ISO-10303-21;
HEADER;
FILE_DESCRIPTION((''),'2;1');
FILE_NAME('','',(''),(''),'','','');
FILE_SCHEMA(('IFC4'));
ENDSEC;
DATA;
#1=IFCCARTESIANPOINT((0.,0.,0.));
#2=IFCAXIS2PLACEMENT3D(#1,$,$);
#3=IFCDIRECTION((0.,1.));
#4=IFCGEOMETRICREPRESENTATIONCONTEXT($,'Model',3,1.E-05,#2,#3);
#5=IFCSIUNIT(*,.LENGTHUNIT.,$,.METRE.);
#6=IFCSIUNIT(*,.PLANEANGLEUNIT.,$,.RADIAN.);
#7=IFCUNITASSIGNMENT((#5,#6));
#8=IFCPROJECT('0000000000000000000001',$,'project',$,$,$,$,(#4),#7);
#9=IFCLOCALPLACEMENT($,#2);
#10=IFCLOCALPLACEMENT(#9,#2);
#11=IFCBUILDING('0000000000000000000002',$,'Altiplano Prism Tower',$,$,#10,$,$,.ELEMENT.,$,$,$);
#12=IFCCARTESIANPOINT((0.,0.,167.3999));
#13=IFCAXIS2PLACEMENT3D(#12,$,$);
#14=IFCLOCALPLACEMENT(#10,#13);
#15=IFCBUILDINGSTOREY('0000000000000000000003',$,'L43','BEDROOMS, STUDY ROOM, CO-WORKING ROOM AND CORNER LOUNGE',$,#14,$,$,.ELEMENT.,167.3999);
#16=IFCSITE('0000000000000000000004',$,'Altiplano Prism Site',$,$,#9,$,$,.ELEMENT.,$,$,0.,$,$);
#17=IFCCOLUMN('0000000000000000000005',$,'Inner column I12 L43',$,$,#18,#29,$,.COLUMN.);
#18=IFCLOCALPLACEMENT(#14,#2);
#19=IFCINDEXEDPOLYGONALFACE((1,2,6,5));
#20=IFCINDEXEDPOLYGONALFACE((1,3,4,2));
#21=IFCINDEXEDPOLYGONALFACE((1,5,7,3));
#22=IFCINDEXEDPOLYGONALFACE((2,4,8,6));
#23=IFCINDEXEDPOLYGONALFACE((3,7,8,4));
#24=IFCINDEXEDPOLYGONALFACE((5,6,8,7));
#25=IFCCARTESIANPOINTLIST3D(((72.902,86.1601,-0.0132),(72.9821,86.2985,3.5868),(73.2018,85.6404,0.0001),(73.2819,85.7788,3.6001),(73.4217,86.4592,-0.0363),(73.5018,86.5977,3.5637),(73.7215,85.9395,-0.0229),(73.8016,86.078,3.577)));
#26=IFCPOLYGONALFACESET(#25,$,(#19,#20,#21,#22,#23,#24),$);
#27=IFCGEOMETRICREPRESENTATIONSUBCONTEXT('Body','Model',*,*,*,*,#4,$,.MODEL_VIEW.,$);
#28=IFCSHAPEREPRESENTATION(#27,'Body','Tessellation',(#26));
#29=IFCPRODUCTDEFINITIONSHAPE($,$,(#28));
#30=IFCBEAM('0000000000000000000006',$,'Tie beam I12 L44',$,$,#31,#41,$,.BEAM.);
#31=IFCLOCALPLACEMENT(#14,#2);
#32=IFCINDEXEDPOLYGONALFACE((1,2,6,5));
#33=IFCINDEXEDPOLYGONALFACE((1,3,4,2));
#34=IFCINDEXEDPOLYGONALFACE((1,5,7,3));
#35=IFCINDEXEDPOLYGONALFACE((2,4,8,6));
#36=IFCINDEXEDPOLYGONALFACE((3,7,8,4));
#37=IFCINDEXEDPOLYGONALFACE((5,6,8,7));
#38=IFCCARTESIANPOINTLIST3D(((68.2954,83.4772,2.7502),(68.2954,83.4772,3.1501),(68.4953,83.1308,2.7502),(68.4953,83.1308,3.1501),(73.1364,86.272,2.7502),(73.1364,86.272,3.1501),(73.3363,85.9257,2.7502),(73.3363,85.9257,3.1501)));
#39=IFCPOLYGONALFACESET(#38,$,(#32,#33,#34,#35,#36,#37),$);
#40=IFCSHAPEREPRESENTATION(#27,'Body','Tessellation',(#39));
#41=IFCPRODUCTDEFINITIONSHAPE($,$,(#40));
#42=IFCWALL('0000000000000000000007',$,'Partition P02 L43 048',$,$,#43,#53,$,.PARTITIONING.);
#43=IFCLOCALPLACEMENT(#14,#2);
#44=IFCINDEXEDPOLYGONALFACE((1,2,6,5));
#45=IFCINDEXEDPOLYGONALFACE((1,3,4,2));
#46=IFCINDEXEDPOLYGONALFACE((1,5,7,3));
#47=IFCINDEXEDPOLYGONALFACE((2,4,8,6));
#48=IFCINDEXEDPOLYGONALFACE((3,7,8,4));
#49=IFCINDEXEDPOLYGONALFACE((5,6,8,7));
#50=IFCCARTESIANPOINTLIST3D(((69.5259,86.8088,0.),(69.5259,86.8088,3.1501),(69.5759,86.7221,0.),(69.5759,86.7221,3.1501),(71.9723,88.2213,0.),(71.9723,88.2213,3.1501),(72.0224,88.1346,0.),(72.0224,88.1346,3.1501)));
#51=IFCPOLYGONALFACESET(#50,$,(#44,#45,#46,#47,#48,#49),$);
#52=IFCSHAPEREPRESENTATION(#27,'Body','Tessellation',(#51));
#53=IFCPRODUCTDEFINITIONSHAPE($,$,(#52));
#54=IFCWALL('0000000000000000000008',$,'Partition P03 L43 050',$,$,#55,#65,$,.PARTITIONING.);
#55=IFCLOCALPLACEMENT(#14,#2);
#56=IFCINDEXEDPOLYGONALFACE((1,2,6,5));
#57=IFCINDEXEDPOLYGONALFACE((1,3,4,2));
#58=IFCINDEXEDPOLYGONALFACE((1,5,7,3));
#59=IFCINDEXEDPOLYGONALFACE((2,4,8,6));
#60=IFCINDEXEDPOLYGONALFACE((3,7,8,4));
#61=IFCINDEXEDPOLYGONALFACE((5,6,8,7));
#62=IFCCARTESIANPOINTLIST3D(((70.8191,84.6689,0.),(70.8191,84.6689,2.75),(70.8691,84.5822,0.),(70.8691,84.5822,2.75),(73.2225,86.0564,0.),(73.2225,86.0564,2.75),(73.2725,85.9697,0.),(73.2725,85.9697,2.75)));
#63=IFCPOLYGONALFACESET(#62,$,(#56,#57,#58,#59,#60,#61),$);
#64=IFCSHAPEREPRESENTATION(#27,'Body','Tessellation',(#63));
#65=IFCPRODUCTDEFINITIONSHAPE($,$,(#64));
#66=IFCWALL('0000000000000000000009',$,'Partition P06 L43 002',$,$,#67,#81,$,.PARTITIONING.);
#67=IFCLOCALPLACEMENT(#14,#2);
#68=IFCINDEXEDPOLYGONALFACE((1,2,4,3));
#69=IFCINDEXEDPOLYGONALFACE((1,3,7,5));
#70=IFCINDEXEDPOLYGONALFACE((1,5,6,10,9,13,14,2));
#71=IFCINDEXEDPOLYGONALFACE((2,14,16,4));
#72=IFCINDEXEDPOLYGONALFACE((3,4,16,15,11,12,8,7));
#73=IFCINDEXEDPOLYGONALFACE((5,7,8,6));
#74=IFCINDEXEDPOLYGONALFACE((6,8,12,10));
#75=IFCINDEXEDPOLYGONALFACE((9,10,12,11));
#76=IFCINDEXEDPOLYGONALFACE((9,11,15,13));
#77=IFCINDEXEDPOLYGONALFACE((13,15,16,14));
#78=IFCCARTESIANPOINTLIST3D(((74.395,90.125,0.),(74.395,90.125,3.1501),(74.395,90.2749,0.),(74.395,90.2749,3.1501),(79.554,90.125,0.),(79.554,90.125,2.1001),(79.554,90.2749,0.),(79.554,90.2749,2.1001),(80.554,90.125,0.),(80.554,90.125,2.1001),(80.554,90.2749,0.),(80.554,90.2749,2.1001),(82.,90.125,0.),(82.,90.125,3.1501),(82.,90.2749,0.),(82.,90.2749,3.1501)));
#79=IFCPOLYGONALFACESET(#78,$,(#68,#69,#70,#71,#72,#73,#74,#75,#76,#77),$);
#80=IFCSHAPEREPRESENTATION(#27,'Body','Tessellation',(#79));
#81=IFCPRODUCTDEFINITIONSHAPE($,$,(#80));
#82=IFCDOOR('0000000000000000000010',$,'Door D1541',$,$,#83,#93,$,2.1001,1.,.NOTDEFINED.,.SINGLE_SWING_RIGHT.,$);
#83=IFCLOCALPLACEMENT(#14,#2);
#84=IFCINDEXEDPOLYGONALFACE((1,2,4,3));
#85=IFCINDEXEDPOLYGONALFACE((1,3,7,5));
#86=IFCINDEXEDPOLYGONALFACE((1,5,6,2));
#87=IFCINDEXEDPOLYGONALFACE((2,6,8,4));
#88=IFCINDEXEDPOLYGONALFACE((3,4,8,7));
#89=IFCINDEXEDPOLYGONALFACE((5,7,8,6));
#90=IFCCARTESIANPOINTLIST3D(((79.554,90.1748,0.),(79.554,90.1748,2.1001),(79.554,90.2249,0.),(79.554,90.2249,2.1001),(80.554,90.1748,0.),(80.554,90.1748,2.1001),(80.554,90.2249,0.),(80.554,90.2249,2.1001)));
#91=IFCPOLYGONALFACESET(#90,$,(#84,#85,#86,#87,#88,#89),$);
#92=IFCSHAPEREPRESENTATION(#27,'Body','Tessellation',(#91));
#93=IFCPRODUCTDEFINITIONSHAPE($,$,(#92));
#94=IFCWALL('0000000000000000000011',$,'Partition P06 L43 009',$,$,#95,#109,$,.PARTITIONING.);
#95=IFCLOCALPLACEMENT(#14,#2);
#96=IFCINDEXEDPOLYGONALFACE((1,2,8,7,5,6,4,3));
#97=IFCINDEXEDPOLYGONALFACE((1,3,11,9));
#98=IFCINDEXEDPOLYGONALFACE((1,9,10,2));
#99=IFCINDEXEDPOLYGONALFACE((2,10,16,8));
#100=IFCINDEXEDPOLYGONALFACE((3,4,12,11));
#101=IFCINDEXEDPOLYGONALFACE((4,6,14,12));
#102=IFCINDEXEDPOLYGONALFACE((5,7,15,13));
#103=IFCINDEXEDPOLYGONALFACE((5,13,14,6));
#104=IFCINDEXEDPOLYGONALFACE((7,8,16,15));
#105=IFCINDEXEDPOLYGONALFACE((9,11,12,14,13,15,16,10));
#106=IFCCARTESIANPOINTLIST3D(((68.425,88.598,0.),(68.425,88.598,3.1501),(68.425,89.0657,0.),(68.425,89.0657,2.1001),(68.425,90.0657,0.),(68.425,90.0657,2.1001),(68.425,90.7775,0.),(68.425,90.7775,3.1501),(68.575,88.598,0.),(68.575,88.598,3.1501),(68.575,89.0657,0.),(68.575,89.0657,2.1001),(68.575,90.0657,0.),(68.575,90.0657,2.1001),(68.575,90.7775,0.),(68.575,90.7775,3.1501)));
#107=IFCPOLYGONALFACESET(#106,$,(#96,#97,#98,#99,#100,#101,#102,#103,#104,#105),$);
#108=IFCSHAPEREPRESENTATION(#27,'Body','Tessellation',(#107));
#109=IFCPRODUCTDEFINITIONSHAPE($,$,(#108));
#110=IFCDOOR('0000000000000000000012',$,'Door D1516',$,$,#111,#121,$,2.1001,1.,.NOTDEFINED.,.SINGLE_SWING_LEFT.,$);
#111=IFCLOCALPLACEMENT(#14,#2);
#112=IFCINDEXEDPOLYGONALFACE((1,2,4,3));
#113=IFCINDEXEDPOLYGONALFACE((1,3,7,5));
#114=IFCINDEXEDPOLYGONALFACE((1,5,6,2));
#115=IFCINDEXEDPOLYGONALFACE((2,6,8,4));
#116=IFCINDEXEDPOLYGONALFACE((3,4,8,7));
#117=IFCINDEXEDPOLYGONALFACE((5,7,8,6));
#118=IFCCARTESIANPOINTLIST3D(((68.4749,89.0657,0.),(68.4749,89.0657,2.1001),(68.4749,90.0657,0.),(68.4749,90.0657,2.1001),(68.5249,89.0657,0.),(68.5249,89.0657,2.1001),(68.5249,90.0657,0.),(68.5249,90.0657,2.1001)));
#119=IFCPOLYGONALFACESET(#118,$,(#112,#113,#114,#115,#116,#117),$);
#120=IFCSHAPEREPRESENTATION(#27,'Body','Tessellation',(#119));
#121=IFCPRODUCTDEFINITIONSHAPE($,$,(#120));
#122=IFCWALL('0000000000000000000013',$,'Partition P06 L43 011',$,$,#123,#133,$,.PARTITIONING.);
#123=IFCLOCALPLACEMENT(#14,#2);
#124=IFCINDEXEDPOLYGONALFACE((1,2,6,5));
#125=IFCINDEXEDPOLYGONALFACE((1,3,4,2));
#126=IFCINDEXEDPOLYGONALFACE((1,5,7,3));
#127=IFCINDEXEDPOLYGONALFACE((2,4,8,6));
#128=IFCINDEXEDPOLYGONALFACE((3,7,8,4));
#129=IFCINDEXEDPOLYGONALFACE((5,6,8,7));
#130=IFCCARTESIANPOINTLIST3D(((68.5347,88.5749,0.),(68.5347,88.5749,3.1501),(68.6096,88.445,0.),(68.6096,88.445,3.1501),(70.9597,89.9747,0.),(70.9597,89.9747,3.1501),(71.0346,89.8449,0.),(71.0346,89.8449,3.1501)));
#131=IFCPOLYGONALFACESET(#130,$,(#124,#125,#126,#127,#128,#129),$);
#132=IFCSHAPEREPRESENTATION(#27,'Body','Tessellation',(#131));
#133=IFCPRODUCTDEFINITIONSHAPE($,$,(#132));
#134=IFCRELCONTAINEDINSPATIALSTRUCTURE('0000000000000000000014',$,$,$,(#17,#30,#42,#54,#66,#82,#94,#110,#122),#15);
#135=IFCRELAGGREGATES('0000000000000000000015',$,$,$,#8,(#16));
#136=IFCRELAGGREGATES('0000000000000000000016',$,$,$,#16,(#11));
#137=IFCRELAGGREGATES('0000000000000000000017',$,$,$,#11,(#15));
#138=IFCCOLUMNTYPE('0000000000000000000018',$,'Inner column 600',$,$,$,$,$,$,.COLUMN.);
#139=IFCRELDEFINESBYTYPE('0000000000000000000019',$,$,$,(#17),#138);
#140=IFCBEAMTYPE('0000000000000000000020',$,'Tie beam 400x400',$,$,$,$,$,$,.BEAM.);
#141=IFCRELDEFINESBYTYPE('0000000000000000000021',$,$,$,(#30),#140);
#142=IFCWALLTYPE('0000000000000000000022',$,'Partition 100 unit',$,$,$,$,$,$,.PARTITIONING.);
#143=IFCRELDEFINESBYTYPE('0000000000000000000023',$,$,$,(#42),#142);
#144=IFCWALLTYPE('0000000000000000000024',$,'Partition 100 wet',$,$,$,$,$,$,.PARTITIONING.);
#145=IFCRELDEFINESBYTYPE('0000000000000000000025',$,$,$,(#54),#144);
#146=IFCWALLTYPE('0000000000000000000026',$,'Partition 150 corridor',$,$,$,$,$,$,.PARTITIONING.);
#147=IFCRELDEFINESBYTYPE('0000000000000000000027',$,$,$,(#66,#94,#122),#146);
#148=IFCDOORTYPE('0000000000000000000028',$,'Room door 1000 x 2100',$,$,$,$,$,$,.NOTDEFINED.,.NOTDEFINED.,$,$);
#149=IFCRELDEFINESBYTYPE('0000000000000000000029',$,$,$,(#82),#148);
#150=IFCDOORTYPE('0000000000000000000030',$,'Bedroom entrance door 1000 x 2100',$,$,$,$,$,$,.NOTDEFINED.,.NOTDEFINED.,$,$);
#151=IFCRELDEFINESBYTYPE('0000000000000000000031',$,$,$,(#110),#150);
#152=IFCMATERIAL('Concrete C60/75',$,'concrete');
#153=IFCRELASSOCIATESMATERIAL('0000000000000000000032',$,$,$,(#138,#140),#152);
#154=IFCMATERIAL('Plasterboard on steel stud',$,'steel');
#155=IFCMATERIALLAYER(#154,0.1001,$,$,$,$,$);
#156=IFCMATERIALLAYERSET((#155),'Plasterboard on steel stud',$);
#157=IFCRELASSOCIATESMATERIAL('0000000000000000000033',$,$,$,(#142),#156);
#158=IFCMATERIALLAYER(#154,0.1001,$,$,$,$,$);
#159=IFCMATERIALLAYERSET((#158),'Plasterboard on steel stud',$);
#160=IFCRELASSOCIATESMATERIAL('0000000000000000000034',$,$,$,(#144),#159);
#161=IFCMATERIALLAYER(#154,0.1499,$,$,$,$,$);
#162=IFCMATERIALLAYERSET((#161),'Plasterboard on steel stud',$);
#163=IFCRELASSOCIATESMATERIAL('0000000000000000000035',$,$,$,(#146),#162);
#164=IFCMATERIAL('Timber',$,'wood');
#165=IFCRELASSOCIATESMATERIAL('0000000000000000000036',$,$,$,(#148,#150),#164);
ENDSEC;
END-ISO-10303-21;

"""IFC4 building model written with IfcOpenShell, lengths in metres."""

from ifc_helpers import new_model, si_unit, direction, frame, frame_2d, origin, origin_2d, place, context, subcontext, project, spatial, rectangle, extrude, material, layer, layer_set, material_profile, profile_set, type_object, element, fill, save


model = new_model("IFC4")

# Units and contexts
model_context = context("Model", 3, precision=1e-05, world=origin(), true_north=direction((0.0, 1.0)))
body_context = subcontext(model_context, "Body", "Model", "MODEL_VIEW")
ifc_project = project(units=[si_unit("LENGTHUNIT", "METRE"), si_unit("PLANEANGLEUNIT", "RADIAN")], contexts=[model_context])

# Site, building, storey
site_placement = place(None, origin())
site = spatial("IfcSite", under=ifc_project, at=site_placement, Name="Altiplano Prism Site", CompositionType="ELEMENT", RefElevation=0.0)
building_placement = place(site_placement, origin())
building = spatial("IfcBuilding", under=site, at=building_placement, Name="Altiplano Prism Tower", CompositionType="ELEMENT")
storey_placement = place(building_placement, frame((0.0, 0.0, 167.3999)))
storey = spatial("IfcBuildingStorey", under=building, at=storey_placement, Name="L43", Description="BEDROOMS, STUDY ROOM, CO-WORKING ROOM AND CORNER LOUNGE", CompositionType="ELEMENT", Elevation=167.3999)

# Column
ifc_material_1 = material(Name="Concrete C60/75", Category="concrete")
ifc_material_profile_1 = material_profile(ifc_material_1, rectangle(XDim=0.6001, YDim=0.6001, at=origin_2d()), Name="Inner column 600")
ifc_profile_set_1 = profile_set([ifc_material_profile_1], Name="Concrete C60/75")
column_type = type_object("IfcColumnType", Name="Inner column 600", PredefinedType="COLUMN", material=ifc_profile_set_1)
column_placement = place(storey_placement, frame((73.3118, 86.0498, -0.0181), z_axis=(0.022223, 0.038416, 0.999015), x_axis=(-0.866024, -0.498523, 0.038435)))
element("IfcColumn", 1, at=column_placement, inside=storey, type_object=column_type, Name="Inner column I12 L43", PredefinedType="COLUMN", context=body_context, shape_type="SweptSolid", body=[
    extrude(rectangle(XDim=0.6001, YDim=0.6001, at=origin_2d()), origin(), (0.0, 0.0, 1.0), 3.6035),
])

# Beam
ifc_material_profile_2 = material_profile(ifc_material_1, rectangle(XDim=0.3999, YDim=0.3999, at=origin_2d()), Name="Tie beam 400x400")
ifc_profile_set_2 = profile_set([ifc_material_profile_2], Name="Concrete C60/75")
beam_type = type_object("IfcBeamType", Name="Tie beam 400x400", PredefinedType="BEAM", material=ifc_profile_set_2)
beam_placement = place(storey_placement, frame((73.2363, 86.0989, 2.9502), z_axis=(-0.866031, -0.499991, 0.0), x_axis=(0.499991, -0.866031, 0.0)))
element("IfcBeam", 2, at=beam_placement, inside=storey, type_object=beam_type, Name="Tie beam I12 L44", PredefinedType="BEAM", context=body_context, shape_type="SweptSolid", body=[
    extrude(rectangle(XDim=0.3999, YDim=0.3999, at=origin_2d()), origin(), (0.0, 0.0, 1.0), 5.5898),
])

# Walls
ifc_material_2 = material(Name="Plasterboard on steel stud", Category="steel")
ifc_layer_1 = layer(ifc_material_2, 0.1001)
ifc_layer_set_1 = layer_set([ifc_layer_1], Name="Plasterboard on steel stud")
wall_type_1 = type_object("IfcWallType", Name="Partition 100 unit", PredefinedType="PARTITIONING", material=ifc_layer_set_1)
wall_1_placement = place(storey_placement, frame((69.5508, 86.7654, 0.0), z_axis=(0.0, 0.0, 1.0), x_axis=(0.866011, 0.500024, 0.0)))
element("IfcWall", 3, at=wall_1_placement, inside=storey, type_object=wall_type_1, Name="Partition P02 L43 048", PredefinedType="PARTITIONING", context=body_context, shape_type="SweptSolid", body=[
    extrude(rectangle(XDim=2.825, YDim=0.1001, at=frame_2d((1.4126, 0.0))), origin(), (0.0, 0.0, 1.0), 3.1501),
])
ifc_layer_2 = layer(ifc_material_2, 0.1001)
ifc_layer_set_2 = layer_set([ifc_layer_2], Name="Plasterboard on steel stud")
wall_type_2 = type_object("IfcWallType", Name="Partition 100 wet", PredefinedType="PARTITIONING", material=ifc_layer_set_2)
wall_2_placement = place(storey_placement, frame((70.844, 84.6255, 0.0), z_axis=(0.0, 0.0, 1.0), x_axis=(0.866042, 0.499971, 0.0)))
element("IfcWall", 4, at=wall_2_placement, inside=storey, type_object=wall_type_2, Name="Partition P03 L43 050", PredefinedType="PARTITIONING", context=body_context, shape_type="SweptSolid", body=[
    extrude(rectangle(XDim=2.7751, YDim=0.1001, at=frame_2d((1.3877, 0.0))), origin(), (0.0, 0.0, 1.0), 2.75),
])

# Walls, openings, doors
ifc_layer_3 = layer(ifc_material_2, 0.1499)
ifc_layer_set_3 = layer_set([ifc_layer_3], Name="Plasterboard on steel stud")
wall_type_3 = type_object("IfcWallType", Name="Partition 150 corridor", PredefinedType="PARTITIONING", material=ifc_layer_set_3)
wall_3_placement = place(storey_placement, frame((74.395, 90.2, 0.0), z_axis=(0.0, 0.0, 1.0), x_axis=(1.0, 0.0, 0.0)))
wall_3 = element("IfcWall", 5, at=wall_3_placement, inside=storey, type_object=wall_type_3, Name="Partition P06 L43 002", PredefinedType="PARTITIONING", context=body_context, shape_type="SweptSolid", body=[
    extrude(rectangle(XDim=7.605, YDim=0.1499, at=frame_2d((3.8025, 0.0))), origin(), (0.0, 0.0, 1.0), 3.1501),
])
opening_1_placement = place(wall_3_placement, frame((5.1589, 0.0, 0.0)))
opening_1 = element("IfcOpeningElement", 6, at=opening_1_placement, cuts=wall_3, PredefinedType="OPENING", context=body_context, shape_type="SweptSolid", body=[
    extrude(rectangle(XDim=1.0, YDim=2.1001, at=frame_2d((0.5, 1.05))), frame((0.0, 0.0854, 0.0), z_axis=(0.0, -1.0, 0.0), x_axis=(1.0, 0.0, 0.0)), (0.0, 0.0, 1.0), 0.1709),
])
ifc_material_3 = material(Name="Timber", Category="wood")
door_type_1 = type_object("IfcDoorType", Name="Room door 1000 x 2100", OperationType="NOTDEFINED", PredefinedType="NOTDEFINED", material=ifc_material_3)
door_1_placement = place(opening_1_placement, origin())
door_1 = element("IfcDoor", 7, at=door_1_placement, inside=storey, type_object=door_type_1, Name="Door D1541", OperationType="SINGLE_SWING_RIGHT", OverallHeight=2.1001, OverallWidth=1.0, PredefinedType="NOTDEFINED", context=body_context, shape_type="SweptSolid", body=[
    extrude(rectangle(XDim=1.0, YDim=2.1001, at=frame_2d((0.5, 1.05))), frame((0.0, 0.0249, 0.0), z_axis=(0.0, -1.0, 0.0), x_axis=(1.0, 0.0, 0.0)), (0.0, 0.0, 1.0), 0.05),
])
fill(opening_1, door_1)
wall_4_placement = place(storey_placement, frame((68.5, 90.7776, 0.0), z_axis=(0.0, 0.0, 1.0), x_axis=(0.0, -1.0, 0.0)))
wall_4 = element("IfcWall", 8, at=wall_4_placement, inside=storey, type_object=wall_type_3, Name="Partition P06 L43 009", PredefinedType="PARTITIONING", context=body_context, shape_type="SweptSolid", body=[
    extrude(rectangle(XDim=2.1794, YDim=0.1499, at=frame_2d((1.0898, 0.0))), origin(), (0.0, 0.0, 1.0), 3.1501),
])
opening_2_placement = place(wall_4_placement, frame((0.7119, 0.0, 0.0)))
opening_2 = element("IfcOpeningElement", 9, at=opening_2_placement, cuts=wall_4, PredefinedType="OPENING", context=body_context, shape_type="SweptSolid", body=[
    extrude(rectangle(XDim=1.0, YDim=2.1001, at=frame_2d((0.5, 1.05))), frame((0.0, 0.0854, 0.0), z_axis=(0.0, -1.0, 0.0), x_axis=(1.0, 0.0, 0.0)), (0.0, 0.0, 1.0), 0.1709),
])
door_type_2 = type_object("IfcDoorType", Name="Bedroom entrance door 1000 x 2100", OperationType="NOTDEFINED", PredefinedType="NOTDEFINED", material=ifc_material_3)
door_2_placement = place(opening_2_placement, origin())
door_2 = element("IfcDoor", 10, at=door_2_placement, inside=storey, type_object=door_type_2, Name="Door D1516", OperationType="SINGLE_SWING_LEFT", OverallHeight=2.1001, OverallWidth=1.0, PredefinedType="NOTDEFINED", context=body_context, shape_type="SweptSolid", body=[
    extrude(rectangle(XDim=1.0, YDim=2.1001, at=frame_2d((0.5, 1.05))), frame((0.0, 0.0249, 0.0), z_axis=(0.0, -1.0, 0.0), x_axis=(1.0, 0.0, 0.0)), (0.0, 0.0, 1.0), 0.05),
])
fill(opening_2, door_2)

# Wall
wall_5_placement = place(storey_placement, frame((68.5723, 88.51, 0.0), z_axis=(0.0, 0.0, 1.0), x_axis=(0.866056, 0.499946, 0.0)))
element("IfcWall", 11, at=wall_5_placement, inside=storey, type_object=wall_type_3, Name="Partition P06 L43 011", PredefinedType="PARTITIONING", context=body_context, shape_type="SweptSolid", body=[
    extrude(rectangle(XDim=2.8, YDim=0.1499, at=frame_2d((1.3999, 0.0))), origin(), (0.0, 0.0, 1.0), 3.1501),
])

save(model, "model.ifc")
